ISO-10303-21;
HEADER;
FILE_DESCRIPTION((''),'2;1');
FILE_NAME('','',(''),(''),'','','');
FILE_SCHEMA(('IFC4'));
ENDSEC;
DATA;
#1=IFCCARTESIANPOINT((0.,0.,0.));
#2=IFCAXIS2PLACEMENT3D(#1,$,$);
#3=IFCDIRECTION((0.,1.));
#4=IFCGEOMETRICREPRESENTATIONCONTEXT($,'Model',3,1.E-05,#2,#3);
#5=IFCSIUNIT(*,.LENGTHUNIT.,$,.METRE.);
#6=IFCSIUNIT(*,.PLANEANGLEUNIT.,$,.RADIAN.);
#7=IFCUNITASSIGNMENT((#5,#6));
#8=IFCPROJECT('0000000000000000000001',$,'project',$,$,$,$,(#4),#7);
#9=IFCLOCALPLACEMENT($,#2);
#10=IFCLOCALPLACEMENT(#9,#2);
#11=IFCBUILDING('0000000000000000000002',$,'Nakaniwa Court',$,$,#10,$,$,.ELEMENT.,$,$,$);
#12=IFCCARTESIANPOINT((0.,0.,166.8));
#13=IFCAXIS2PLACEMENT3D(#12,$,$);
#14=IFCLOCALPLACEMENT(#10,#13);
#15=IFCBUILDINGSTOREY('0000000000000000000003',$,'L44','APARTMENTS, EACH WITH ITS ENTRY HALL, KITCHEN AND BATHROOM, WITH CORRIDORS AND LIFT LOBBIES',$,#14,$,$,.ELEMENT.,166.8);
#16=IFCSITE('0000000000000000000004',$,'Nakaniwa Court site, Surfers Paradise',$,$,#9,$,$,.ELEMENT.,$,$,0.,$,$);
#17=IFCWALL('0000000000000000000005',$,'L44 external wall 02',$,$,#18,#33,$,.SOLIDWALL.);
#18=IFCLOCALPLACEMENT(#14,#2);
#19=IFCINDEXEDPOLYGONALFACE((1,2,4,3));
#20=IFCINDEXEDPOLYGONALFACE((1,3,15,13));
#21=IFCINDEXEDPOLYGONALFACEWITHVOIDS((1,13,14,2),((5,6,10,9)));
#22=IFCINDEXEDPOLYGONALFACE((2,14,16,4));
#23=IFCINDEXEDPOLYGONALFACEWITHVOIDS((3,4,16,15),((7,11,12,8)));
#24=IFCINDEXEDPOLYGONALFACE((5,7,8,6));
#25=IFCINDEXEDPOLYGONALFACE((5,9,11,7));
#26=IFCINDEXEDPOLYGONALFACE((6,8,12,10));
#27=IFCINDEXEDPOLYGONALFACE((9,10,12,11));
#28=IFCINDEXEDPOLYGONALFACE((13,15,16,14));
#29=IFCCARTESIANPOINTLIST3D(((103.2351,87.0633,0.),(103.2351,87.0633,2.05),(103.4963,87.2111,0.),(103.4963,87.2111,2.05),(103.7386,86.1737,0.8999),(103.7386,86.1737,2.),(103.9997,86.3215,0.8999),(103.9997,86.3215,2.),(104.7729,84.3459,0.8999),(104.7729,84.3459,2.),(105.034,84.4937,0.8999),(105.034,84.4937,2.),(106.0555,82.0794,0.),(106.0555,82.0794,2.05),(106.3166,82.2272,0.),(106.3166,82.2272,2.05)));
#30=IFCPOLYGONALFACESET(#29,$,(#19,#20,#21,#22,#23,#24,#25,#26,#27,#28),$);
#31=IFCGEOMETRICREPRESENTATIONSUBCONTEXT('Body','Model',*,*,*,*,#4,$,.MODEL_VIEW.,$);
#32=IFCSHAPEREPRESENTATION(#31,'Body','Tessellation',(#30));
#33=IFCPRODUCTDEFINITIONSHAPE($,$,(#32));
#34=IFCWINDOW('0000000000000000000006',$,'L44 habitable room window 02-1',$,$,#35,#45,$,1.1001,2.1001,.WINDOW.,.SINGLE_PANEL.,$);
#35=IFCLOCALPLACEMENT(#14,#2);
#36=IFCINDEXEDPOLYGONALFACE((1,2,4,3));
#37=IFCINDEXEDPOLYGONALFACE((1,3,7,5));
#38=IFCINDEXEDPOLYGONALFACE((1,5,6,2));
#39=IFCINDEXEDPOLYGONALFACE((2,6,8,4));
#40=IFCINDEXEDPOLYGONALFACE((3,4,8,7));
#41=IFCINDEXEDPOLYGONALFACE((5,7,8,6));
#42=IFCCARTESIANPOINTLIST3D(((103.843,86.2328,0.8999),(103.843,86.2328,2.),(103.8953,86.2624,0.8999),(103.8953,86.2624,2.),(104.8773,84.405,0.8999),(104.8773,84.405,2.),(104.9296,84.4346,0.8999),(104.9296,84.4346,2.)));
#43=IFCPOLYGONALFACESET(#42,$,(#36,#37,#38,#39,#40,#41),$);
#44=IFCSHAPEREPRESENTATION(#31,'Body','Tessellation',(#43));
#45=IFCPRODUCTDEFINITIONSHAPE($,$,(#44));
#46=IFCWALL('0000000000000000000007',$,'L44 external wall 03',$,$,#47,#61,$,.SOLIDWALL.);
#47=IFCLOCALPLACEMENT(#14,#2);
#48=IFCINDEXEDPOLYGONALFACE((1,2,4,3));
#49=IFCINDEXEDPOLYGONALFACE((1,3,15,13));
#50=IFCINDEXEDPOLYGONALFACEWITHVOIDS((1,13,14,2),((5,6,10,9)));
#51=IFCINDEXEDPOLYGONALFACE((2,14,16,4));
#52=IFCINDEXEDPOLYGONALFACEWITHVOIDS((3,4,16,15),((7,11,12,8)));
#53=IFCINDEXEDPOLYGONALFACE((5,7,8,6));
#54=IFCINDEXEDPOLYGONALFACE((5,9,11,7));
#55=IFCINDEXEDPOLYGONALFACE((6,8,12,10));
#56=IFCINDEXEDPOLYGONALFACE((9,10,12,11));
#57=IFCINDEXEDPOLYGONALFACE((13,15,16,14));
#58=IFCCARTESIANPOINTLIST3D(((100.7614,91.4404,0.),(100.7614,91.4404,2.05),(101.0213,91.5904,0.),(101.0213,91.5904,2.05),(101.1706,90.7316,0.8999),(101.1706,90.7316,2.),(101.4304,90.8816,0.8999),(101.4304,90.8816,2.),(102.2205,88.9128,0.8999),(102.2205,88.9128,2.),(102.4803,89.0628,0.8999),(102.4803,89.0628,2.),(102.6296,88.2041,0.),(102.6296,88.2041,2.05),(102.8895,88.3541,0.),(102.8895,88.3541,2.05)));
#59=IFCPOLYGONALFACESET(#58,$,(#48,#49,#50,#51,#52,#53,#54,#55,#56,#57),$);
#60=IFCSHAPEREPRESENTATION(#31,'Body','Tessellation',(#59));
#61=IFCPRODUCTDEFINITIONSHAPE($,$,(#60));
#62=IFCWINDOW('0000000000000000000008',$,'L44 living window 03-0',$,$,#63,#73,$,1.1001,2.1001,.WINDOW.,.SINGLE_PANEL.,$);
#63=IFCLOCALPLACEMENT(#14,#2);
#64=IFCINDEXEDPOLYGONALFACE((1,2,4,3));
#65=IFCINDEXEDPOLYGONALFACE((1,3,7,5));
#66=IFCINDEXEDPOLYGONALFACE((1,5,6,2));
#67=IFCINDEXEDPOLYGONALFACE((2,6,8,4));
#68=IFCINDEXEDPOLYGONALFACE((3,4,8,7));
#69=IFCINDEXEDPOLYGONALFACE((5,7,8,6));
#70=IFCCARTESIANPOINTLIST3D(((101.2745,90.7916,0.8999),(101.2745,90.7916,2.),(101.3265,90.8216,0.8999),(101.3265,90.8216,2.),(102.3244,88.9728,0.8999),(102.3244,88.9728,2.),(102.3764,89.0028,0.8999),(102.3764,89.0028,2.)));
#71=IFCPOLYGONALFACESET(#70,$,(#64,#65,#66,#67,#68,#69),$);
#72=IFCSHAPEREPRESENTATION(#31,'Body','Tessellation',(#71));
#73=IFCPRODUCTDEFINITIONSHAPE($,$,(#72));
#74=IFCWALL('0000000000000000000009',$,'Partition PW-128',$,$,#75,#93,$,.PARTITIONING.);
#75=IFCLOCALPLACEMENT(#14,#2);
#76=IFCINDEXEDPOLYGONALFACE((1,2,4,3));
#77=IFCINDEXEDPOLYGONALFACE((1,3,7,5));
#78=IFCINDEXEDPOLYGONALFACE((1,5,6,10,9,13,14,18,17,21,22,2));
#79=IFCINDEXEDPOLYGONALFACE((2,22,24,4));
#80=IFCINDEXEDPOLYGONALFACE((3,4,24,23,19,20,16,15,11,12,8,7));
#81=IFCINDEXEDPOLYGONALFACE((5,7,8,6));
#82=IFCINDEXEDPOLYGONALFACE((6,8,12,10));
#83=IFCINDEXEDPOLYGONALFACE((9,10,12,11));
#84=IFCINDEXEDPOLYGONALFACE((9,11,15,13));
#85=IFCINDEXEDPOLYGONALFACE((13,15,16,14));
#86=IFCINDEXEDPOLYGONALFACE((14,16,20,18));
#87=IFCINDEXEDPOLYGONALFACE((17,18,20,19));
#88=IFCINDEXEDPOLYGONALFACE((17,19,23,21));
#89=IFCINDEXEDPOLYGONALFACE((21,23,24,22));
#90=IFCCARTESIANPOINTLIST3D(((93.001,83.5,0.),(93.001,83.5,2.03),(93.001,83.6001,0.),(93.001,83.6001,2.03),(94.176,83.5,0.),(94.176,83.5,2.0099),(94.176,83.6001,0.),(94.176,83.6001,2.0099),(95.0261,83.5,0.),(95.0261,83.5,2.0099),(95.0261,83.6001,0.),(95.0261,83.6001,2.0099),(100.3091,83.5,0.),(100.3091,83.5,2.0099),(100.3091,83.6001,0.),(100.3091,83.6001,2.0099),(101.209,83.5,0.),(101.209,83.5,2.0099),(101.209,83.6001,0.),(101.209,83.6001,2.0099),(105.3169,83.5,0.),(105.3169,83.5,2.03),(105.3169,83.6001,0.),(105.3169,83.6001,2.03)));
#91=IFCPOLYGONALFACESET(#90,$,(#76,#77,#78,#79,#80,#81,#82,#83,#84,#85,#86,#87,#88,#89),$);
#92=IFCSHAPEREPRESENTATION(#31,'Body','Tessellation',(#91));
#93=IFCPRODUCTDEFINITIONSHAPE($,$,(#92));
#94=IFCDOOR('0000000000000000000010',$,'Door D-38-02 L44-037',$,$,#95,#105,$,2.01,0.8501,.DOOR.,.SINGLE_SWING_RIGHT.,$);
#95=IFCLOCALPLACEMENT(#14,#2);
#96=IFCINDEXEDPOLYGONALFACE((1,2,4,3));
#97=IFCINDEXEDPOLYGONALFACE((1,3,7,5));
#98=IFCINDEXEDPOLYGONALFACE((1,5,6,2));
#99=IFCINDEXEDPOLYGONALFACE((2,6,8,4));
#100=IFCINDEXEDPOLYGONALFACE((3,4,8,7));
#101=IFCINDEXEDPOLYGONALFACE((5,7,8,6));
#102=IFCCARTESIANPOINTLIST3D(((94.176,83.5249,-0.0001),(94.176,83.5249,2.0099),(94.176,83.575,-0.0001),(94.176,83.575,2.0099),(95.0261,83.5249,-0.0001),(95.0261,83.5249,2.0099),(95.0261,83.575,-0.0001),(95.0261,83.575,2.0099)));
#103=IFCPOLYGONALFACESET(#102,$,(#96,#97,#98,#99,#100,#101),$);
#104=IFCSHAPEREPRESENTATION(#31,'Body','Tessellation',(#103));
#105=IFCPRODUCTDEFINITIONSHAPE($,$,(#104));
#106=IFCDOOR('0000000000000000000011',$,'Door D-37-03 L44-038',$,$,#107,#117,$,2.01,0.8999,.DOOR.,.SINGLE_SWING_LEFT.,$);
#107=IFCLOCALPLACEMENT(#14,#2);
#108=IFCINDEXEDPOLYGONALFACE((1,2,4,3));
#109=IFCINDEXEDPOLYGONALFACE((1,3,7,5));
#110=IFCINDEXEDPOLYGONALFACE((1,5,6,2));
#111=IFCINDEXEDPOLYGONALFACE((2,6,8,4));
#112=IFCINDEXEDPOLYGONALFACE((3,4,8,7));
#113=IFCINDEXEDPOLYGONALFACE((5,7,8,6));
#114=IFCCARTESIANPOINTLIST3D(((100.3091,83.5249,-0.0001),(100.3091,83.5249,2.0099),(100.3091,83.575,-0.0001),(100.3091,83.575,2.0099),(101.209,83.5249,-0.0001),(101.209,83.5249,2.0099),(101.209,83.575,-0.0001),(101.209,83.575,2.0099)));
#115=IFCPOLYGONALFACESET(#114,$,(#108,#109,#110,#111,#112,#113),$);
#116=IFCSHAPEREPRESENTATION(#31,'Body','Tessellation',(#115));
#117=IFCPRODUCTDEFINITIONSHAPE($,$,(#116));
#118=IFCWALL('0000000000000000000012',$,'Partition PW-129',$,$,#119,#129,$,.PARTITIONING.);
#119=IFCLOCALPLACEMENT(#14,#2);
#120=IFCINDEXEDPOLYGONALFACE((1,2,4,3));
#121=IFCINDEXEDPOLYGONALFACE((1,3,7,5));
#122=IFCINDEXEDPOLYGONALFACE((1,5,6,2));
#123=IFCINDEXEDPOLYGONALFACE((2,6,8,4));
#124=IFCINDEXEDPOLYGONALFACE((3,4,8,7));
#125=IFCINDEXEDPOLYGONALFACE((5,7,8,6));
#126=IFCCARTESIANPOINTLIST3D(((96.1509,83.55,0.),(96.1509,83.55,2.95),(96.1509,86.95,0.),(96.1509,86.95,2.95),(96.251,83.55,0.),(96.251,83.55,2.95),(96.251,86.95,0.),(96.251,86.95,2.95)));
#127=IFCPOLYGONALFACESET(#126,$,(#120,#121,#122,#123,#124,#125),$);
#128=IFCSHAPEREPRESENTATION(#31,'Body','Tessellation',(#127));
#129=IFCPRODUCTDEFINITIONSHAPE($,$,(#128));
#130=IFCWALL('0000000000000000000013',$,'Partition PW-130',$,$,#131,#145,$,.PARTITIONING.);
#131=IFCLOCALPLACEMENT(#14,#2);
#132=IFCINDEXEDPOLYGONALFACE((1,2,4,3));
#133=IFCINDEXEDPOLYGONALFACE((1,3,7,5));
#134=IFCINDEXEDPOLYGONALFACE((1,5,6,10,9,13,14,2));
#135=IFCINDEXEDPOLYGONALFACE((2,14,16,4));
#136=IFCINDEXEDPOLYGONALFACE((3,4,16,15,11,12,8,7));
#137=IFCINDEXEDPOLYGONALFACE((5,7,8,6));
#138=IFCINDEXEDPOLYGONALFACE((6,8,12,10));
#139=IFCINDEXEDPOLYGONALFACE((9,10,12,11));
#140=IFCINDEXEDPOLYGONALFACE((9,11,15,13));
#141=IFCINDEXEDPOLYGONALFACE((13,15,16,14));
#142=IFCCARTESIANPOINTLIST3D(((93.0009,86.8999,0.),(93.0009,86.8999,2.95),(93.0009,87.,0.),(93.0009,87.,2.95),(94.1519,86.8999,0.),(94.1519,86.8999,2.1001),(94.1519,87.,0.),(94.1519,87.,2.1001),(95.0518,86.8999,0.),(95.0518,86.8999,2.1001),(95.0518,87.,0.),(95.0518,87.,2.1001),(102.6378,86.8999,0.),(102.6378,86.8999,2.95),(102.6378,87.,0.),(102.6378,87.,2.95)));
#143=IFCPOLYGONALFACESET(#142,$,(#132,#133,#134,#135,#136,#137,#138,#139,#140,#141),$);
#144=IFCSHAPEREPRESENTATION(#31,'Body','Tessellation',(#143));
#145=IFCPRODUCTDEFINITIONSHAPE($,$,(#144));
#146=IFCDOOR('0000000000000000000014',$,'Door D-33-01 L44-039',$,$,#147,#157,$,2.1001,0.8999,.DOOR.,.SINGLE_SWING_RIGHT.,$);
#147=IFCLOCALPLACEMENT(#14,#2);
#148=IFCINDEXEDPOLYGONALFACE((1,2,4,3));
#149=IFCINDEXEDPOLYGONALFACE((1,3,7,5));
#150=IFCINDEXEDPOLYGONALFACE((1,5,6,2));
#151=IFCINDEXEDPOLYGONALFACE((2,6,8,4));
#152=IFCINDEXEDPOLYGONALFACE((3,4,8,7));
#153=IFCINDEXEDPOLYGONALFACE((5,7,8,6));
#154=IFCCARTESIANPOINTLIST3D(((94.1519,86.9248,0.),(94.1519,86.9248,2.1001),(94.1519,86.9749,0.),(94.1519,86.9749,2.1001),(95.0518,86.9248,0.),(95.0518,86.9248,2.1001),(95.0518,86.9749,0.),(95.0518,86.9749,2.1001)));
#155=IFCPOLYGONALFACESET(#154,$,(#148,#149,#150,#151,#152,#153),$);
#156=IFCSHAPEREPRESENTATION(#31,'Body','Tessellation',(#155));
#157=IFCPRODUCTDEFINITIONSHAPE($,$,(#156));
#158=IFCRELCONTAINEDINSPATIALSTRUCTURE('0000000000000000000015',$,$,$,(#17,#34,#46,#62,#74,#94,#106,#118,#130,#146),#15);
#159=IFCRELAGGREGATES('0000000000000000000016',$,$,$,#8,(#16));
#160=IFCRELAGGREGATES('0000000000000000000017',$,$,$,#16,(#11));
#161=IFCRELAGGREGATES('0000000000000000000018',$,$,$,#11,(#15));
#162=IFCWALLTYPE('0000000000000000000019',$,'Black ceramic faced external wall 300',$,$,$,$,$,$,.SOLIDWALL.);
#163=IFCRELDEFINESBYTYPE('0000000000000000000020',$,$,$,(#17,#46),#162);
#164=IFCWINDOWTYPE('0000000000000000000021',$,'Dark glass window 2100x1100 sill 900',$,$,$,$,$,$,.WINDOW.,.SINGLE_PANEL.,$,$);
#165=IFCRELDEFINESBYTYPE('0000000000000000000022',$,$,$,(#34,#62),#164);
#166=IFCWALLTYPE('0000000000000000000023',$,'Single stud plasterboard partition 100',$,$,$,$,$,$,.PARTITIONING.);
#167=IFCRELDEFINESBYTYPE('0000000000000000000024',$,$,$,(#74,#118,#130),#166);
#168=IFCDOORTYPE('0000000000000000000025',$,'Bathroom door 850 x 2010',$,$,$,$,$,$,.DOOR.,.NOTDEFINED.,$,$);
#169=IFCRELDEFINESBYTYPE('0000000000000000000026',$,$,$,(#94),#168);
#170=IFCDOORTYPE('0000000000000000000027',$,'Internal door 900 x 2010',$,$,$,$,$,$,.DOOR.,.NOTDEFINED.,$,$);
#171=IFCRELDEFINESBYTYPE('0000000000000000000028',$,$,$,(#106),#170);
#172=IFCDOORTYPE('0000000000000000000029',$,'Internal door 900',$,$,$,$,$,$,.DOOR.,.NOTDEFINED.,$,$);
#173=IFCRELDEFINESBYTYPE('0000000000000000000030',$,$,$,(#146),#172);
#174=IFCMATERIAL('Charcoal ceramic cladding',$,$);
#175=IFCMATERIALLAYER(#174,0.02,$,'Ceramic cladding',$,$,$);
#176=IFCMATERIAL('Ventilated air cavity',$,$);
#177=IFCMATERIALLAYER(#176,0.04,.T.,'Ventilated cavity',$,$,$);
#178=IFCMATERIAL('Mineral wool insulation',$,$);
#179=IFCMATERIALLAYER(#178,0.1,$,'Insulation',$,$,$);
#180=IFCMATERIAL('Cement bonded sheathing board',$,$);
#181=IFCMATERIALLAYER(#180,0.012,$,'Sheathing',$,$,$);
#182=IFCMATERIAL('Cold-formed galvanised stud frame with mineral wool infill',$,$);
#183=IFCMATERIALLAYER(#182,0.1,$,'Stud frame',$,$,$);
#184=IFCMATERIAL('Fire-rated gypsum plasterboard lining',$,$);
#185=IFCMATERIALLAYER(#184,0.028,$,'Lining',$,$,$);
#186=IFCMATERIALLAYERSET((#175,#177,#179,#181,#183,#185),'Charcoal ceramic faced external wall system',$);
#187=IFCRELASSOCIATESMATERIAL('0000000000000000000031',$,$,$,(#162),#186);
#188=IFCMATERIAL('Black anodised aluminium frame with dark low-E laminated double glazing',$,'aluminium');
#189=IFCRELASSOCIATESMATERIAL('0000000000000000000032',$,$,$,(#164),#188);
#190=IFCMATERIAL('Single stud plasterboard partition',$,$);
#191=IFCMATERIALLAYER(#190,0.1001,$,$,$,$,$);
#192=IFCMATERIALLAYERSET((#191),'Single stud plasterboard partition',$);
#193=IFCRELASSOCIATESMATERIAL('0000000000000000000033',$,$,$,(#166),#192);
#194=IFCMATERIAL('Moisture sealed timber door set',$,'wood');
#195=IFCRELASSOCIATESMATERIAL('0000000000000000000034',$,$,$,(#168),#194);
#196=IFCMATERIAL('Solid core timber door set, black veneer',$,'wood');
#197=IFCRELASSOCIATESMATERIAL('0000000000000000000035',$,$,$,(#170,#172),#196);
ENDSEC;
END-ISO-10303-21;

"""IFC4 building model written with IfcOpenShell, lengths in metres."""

from ifc_helpers import new_model, si_unit, direction, frame, frame_2d, origin, place, context, subcontext, project, spatial, rectangle, extrude, material, layer, layer_set, type_object, element, fill, save


model = new_model("IFC4")

# Units and contexts
model_context = context("Model", 3, precision=1e-05, world=origin(), true_north=direction((0.0, 1.0)))
body_context = subcontext(model_context, "Body", "Model", "MODEL_VIEW")
ifc_project = project(units=[si_unit("LENGTHUNIT", "METRE"), si_unit("PLANEANGLEUNIT", "RADIAN")], contexts=[model_context])

# Site, building, storey
site_placement = place(None, origin())
site = spatial("IfcSite", under=ifc_project, at=site_placement, Name="Nakaniwa Court site, Surfers Paradise", CompositionType="ELEMENT", RefElevation=0.0)
building_placement = place(site_placement, origin())
building = spatial("IfcBuilding", under=site, at=building_placement, Name="Nakaniwa Court", CompositionType="ELEMENT")
storey_placement = place(building_placement, frame((0.0, 0.0, 166.8)))
storey = spatial("IfcBuildingStorey", under=building, at=storey_placement, Name="L44", Description="APARTMENTS, EACH WITH ITS ENTRY HALL, KITCHEN AND BATHROOM, WITH CORRIDORS AND LIFT LOBBIES", CompositionType="ELEMENT", Elevation=166.8)

# Shared definitions
ifc_material_1 = material(Name="Solid core timber door set, black veneer", Category="wood")

# Shared definitions
ifc_material_2 = material(Name="Charcoal ceramic cladding")
ifc_layer_1 = layer(ifc_material_2, 0.02, Name="Ceramic cladding")
ifc_material_3 = material(Name="Ventilated air cavity")
ifc_layer_2 = layer(ifc_material_3, 0.04, ventilated=True, Name="Ventilated cavity")
ifc_material_4 = material(Name="Mineral wool insulation")
ifc_layer_3 = layer(ifc_material_4, 0.1, Name="Insulation")
ifc_material_5 = material(Name="Cement bonded sheathing board")
ifc_layer_4 = layer(ifc_material_5, 0.012, Name="Sheathing")
ifc_material_6 = material(Name="Cold-formed galvanised stud frame with mineral wool infill")
ifc_layer_5 = layer(ifc_material_6, 0.1, Name="Stud frame")
ifc_material_7 = material(Name="Fire-rated gypsum plasterboard lining")
ifc_layer_6 = layer(ifc_material_7, 0.028, Name="Lining")
ifc_layer_set_1 = layer_set([ifc_layer_1, ifc_layer_2, ifc_layer_3, ifc_layer_4, ifc_layer_5, ifc_layer_6], Name="Charcoal ceramic faced external wall system")
wall_type_1 = type_object("IfcWallType", Name="Black ceramic faced external wall 300", PredefinedType="SOLIDWALL", material=ifc_layer_set_1)

# Walls, openings, windows
wall_1_placement = place(storey_placement, frame((106.186, 82.1533, 0.0), z_axis=(0.0, 0.0, 1.0), x_axis=(-0.492498, 0.870313, 0.0)))
wall_1 = element("IfcWall", 1, at=wall_1_placement, inside=storey, type_object=wall_type_1, Name="L44 external wall 02", PredefinedType="SOLIDWALL", context=body_context, shape_type="SweptSolid", body=[
    extrude(rectangle(XDim=5.7266, YDim=0.3, at=frame_2d((2.8633, 0.0))), origin(), (0.0, 0.0, 1.0), 2.05),
])
opening_1_placement = place(wall_1_placement, frame((2.6042, 0.0, 0.8999)))
opening_1 = element("IfcOpeningElement", 2, at=opening_1_placement, cuts=wall_1, PredefinedType="OPENING", context=body_context, shape_type="SweptSolid", body=[
    extrude(rectangle(XDim=2.1001, YDim=1.1001, at=frame_2d((1.05, 0.55))), frame((0.0, 0.1599, 0.0), z_axis=(0.0, -1.0, 0.0), x_axis=(1.0, 0.0, 0.0)), (0.0, 0.0, 1.0), 0.3201),
])
ifc_material_8 = material(Name="Black anodised aluminium frame with dark low-E laminated double glazing", Category="aluminium")
window_type = type_object("IfcWindowType", Name="Dark glass window 2100x1100 sill 900", PartitioningType="SINGLE_PANEL", PredefinedType="WINDOW", material=ifc_material_8)
window_1_placement = place(opening_1_placement, origin())
window_1 = element("IfcWindow", 3, at=window_1_placement, inside=storey, type_object=window_type, Name="L44 habitable room window 02-1", OverallHeight=1.1001, OverallWidth=2.1001, PartitioningType="SINGLE_PANEL", PredefinedType="WINDOW", context=body_context, shape_type="SweptSolid", body=[
    extrude(rectangle(XDim=2.1001, YDim=1.1001, at=frame_2d((1.05, 0.55))), frame((0.0, 0.03, 0.0), z_axis=(0.0, -1.0, 0.0), x_axis=(1.0, 0.0, 0.0)), (0.0, 0.0, 1.0), 0.0601),
])
fill(opening_1, window_1)
wall_2_placement = place(storey_placement, frame((102.7595, 88.2791, 0.0), z_axis=(0.0, 0.0, 1.0), x_axis=(-0.499934, 0.866064, 0.0)))
wall_2 = element("IfcWall", 4, at=wall_2_placement, inside=storey, type_object=wall_type_1, Name="L44 external wall 03", PredefinedType="SOLIDWALL", context=body_context, shape_type="SweptSolid", body=[
    extrude(rectangle(XDim=3.7368, YDim=0.3, at=frame_2d((1.8684, 0.0))), origin(), (0.0, 0.0, 1.0), 2.05),
])
opening_2_placement = place(wall_2_placement, frame((0.8184, 0.0, 0.8999)))
opening_2 = element("IfcOpeningElement", 5, at=opening_2_placement, cuts=wall_2, PredefinedType="OPENING", context=body_context, shape_type="SweptSolid", body=[
    extrude(rectangle(XDim=2.1001, YDim=1.1001, at=frame_2d((1.05, 0.55))), frame((0.0, 0.1599, 0.0), z_axis=(0.0, -1.0, 0.0), x_axis=(1.0, 0.0, 0.0)), (0.0, 0.0, 1.0), 0.3201),
])
window_2_placement = place(opening_2_placement, origin())
window_2 = element("IfcWindow", 6, at=window_2_placement, inside=storey, type_object=window_type, Name="L44 living window 03-0", OverallHeight=1.1001, OverallWidth=2.1001, PartitioningType="SINGLE_PANEL", PredefinedType="WINDOW", context=body_context, shape_type="SweptSolid", body=[
    extrude(rectangle(XDim=2.1001, YDim=1.1001, at=frame_2d((1.05, 0.55))), frame((0.0, 0.03, 0.0), z_axis=(0.0, -1.0, 0.0), x_axis=(1.0, 0.0, 0.0)), (0.0, 0.0, 1.0), 0.0601),
])
fill(opening_2, window_2)

# Wall, openings, doors
ifc_material_9 = material(Name="Single stud plasterboard partition")
ifc_layer_7 = layer(ifc_material_9, 0.1001)
ifc_layer_set_2 = layer_set([ifc_layer_7], Name="Single stud plasterboard partition")
wall_type_2 = type_object("IfcWallType", Name="Single stud plasterboard partition 100", PredefinedType="PARTITIONING", material=ifc_layer_set_2)
wall_3_placement = place(storey_placement, frame((93.001, 83.55, 0.0), z_axis=(0.0, 0.0, 1.0), x_axis=(1.0, 0.0, 0.0)))
wall_3 = element("IfcWall", 7, at=wall_3_placement, inside=storey, type_object=wall_type_2, Name="Partition PW-128", PredefinedType="PARTITIONING", context=body_context, shape_type="SweptSolid", body=[
    extrude(rectangle(XDim=12.3159, YDim=0.1001, at=frame_2d((6.158, 0.0))), origin(), (0.0, 0.0, 1.0), 2.03),
])
opening_3_placement = place(wall_3_placement, frame((1.175, 0.0, 0.0)))
opening_3 = element("IfcOpeningElement", 8, at=opening_3_placement, cuts=wall_3, PredefinedType="OPENING", context=body_context, shape_type="SweptSolid", body=[
    extrude(rectangle(XDim=0.8501, YDim=2.01, at=frame_2d((0.425, 1.0049))), frame((0.0, 0.0601, 0.0), z_axis=(0.0, -1.0, 0.0), x_axis=(1.0, 0.0, 0.0)), (0.0, 0.0, 1.0), 0.1201),
])
opening_4_placement = place(wall_3_placement, frame((7.3081, 0.0, 0.0)))
opening_4 = element("IfcOpeningElement", 9, at=opening_4_placement, cuts=wall_3, PredefinedType="OPENING", context=body_context, shape_type="SweptSolid", body=[
    extrude(rectangle(XDim=0.8999, YDim=2.01, at=frame_2d((0.45, 1.0049))), frame((0.0, 0.0601, 0.0), z_axis=(0.0, -1.0, 0.0), x_axis=(1.0, 0.0, 0.0)), (0.0, 0.0, 1.0), 0.1201),
])
ifc_material_10 = material(Name="Moisture sealed timber door set", Category="wood")
door_type_1 = type_object("IfcDoorType", Name="Bathroom door 850 x 2010", OperationType="NOTDEFINED", PredefinedType="DOOR", material=ifc_material_10)
door_1_placement = place(opening_3_placement, origin())
door_1 = element("IfcDoor", 10, at=door_1_placement, inside=storey, type_object=door_type_1, Name="Door D-38-02 L44-037", OperationType="SINGLE_SWING_RIGHT", OverallHeight=2.01, OverallWidth=0.8501, PredefinedType="DOOR", context=body_context, shape_type="SweptSolid", body=[
    extrude(rectangle(XDim=0.8501, YDim=2.01, at=frame_2d((0.425, 1.0049))), frame((0.0, 0.0249, 0.0), z_axis=(0.0, -1.0, 0.0), x_axis=(1.0, 0.0, 0.0)), (0.0, 0.0, 1.0), 0.05),
])
fill(opening_3, door_1)
door_type_2 = type_object("IfcDoorType", Name="Internal door 900 x 2010", OperationType="NOTDEFINED", PredefinedType="DOOR", material=ifc_material_1)
door_2_placement = place(opening_4_placement, origin())
door_2 = element("IfcDoor", 11, at=door_2_placement, inside=storey, type_object=door_type_2, Name="Door D-37-03 L44-038", OperationType="SINGLE_SWING_LEFT", OverallHeight=2.01, OverallWidth=0.8999, PredefinedType="DOOR", context=body_context, shape_type="SweptSolid", body=[
    extrude(rectangle(XDim=0.8999, YDim=2.01, at=frame_2d((0.45, 1.0049))), frame((0.0, 0.0249, 0.0), z_axis=(0.0, -1.0, 0.0), x_axis=(1.0, 0.0, 0.0)), (0.0, 0.0, 1.0), 0.05),
])
fill(opening_4, door_2)

# Wall
wall_4_placement = place(storey_placement, frame((96.2009, 83.55, 0.0), z_axis=(0.0, 0.0, 1.0), x_axis=(0.0, 1.0, 0.0)))
element("IfcWall", 12, at=wall_4_placement, inside=storey, type_object=wall_type_2, Name="Partition PW-129", PredefinedType="PARTITIONING", context=body_context, shape_type="SweptSolid", body=[
    extrude(rectangle(XDim=3.3999, YDim=0.1001, at=frame_2d((1.7, 0.0))), origin(), (0.0, 0.0, 1.0), 2.95),
])

# Wall, opening, door
wall_5_placement = place(storey_placement, frame((93.001, 86.95, 0.0), z_axis=(0.0, 0.0, 1.0), x_axis=(1.0, 0.0, 0.0)))
wall_5 = element("IfcWall", 13, at=wall_5_placement, inside=storey, type_object=wall_type_2, Name="Partition PW-130", PredefinedType="PARTITIONING", context=body_context, shape_type="SweptSolid", body=[
    extrude(rectangle(XDim=9.637, YDim=0.1001, at=frame_2d((4.8184, 0.0))), origin(), (0.0, 0.0, 1.0), 2.95),
])
opening_5_placement = place(wall_5_placement, frame((1.1509, 0.0, 0.0)))
opening_5 = element("IfcOpeningElement", 14, at=opening_5_placement, cuts=wall_5, PredefinedType="OPENING", context=body_context, shape_type="SweptSolid", body=[
    extrude(rectangle(XDim=0.8999, YDim=2.1001, at=frame_2d((0.45, 1.05))), frame((0.0, 0.0601, 0.0), z_axis=(0.0, -1.0, 0.0), x_axis=(1.0, 0.0, 0.0)), (0.0, 0.0, 1.0), 0.1201),
])
door_type_3 = type_object("IfcDoorType", Name="Internal door 900", OperationType="NOTDEFINED", PredefinedType="DOOR", material=ifc_material_1)
door_3_placement = place(opening_5_placement, origin())
door_3 = element("IfcDoor", 15, at=door_3_placement, inside=storey, type_object=door_type_3, Name="Door D-33-01 L44-039", OperationType="SINGLE_SWING_RIGHT", OverallHeight=2.1001, OverallWidth=0.8999, PredefinedType="DOOR", context=body_context, shape_type="SweptSolid", body=[
    extrude(rectangle(XDim=0.8999, YDim=2.1001, at=frame_2d((0.45, 1.05))), frame((0.0, 0.0249, 0.0), z_axis=(0.0, -1.0, 0.0), x_axis=(1.0, 0.0, 0.0)), (0.0, 0.0, 1.0), 0.05),
])
fill(opening_5, door_3)

save(model, "model.ifc")
